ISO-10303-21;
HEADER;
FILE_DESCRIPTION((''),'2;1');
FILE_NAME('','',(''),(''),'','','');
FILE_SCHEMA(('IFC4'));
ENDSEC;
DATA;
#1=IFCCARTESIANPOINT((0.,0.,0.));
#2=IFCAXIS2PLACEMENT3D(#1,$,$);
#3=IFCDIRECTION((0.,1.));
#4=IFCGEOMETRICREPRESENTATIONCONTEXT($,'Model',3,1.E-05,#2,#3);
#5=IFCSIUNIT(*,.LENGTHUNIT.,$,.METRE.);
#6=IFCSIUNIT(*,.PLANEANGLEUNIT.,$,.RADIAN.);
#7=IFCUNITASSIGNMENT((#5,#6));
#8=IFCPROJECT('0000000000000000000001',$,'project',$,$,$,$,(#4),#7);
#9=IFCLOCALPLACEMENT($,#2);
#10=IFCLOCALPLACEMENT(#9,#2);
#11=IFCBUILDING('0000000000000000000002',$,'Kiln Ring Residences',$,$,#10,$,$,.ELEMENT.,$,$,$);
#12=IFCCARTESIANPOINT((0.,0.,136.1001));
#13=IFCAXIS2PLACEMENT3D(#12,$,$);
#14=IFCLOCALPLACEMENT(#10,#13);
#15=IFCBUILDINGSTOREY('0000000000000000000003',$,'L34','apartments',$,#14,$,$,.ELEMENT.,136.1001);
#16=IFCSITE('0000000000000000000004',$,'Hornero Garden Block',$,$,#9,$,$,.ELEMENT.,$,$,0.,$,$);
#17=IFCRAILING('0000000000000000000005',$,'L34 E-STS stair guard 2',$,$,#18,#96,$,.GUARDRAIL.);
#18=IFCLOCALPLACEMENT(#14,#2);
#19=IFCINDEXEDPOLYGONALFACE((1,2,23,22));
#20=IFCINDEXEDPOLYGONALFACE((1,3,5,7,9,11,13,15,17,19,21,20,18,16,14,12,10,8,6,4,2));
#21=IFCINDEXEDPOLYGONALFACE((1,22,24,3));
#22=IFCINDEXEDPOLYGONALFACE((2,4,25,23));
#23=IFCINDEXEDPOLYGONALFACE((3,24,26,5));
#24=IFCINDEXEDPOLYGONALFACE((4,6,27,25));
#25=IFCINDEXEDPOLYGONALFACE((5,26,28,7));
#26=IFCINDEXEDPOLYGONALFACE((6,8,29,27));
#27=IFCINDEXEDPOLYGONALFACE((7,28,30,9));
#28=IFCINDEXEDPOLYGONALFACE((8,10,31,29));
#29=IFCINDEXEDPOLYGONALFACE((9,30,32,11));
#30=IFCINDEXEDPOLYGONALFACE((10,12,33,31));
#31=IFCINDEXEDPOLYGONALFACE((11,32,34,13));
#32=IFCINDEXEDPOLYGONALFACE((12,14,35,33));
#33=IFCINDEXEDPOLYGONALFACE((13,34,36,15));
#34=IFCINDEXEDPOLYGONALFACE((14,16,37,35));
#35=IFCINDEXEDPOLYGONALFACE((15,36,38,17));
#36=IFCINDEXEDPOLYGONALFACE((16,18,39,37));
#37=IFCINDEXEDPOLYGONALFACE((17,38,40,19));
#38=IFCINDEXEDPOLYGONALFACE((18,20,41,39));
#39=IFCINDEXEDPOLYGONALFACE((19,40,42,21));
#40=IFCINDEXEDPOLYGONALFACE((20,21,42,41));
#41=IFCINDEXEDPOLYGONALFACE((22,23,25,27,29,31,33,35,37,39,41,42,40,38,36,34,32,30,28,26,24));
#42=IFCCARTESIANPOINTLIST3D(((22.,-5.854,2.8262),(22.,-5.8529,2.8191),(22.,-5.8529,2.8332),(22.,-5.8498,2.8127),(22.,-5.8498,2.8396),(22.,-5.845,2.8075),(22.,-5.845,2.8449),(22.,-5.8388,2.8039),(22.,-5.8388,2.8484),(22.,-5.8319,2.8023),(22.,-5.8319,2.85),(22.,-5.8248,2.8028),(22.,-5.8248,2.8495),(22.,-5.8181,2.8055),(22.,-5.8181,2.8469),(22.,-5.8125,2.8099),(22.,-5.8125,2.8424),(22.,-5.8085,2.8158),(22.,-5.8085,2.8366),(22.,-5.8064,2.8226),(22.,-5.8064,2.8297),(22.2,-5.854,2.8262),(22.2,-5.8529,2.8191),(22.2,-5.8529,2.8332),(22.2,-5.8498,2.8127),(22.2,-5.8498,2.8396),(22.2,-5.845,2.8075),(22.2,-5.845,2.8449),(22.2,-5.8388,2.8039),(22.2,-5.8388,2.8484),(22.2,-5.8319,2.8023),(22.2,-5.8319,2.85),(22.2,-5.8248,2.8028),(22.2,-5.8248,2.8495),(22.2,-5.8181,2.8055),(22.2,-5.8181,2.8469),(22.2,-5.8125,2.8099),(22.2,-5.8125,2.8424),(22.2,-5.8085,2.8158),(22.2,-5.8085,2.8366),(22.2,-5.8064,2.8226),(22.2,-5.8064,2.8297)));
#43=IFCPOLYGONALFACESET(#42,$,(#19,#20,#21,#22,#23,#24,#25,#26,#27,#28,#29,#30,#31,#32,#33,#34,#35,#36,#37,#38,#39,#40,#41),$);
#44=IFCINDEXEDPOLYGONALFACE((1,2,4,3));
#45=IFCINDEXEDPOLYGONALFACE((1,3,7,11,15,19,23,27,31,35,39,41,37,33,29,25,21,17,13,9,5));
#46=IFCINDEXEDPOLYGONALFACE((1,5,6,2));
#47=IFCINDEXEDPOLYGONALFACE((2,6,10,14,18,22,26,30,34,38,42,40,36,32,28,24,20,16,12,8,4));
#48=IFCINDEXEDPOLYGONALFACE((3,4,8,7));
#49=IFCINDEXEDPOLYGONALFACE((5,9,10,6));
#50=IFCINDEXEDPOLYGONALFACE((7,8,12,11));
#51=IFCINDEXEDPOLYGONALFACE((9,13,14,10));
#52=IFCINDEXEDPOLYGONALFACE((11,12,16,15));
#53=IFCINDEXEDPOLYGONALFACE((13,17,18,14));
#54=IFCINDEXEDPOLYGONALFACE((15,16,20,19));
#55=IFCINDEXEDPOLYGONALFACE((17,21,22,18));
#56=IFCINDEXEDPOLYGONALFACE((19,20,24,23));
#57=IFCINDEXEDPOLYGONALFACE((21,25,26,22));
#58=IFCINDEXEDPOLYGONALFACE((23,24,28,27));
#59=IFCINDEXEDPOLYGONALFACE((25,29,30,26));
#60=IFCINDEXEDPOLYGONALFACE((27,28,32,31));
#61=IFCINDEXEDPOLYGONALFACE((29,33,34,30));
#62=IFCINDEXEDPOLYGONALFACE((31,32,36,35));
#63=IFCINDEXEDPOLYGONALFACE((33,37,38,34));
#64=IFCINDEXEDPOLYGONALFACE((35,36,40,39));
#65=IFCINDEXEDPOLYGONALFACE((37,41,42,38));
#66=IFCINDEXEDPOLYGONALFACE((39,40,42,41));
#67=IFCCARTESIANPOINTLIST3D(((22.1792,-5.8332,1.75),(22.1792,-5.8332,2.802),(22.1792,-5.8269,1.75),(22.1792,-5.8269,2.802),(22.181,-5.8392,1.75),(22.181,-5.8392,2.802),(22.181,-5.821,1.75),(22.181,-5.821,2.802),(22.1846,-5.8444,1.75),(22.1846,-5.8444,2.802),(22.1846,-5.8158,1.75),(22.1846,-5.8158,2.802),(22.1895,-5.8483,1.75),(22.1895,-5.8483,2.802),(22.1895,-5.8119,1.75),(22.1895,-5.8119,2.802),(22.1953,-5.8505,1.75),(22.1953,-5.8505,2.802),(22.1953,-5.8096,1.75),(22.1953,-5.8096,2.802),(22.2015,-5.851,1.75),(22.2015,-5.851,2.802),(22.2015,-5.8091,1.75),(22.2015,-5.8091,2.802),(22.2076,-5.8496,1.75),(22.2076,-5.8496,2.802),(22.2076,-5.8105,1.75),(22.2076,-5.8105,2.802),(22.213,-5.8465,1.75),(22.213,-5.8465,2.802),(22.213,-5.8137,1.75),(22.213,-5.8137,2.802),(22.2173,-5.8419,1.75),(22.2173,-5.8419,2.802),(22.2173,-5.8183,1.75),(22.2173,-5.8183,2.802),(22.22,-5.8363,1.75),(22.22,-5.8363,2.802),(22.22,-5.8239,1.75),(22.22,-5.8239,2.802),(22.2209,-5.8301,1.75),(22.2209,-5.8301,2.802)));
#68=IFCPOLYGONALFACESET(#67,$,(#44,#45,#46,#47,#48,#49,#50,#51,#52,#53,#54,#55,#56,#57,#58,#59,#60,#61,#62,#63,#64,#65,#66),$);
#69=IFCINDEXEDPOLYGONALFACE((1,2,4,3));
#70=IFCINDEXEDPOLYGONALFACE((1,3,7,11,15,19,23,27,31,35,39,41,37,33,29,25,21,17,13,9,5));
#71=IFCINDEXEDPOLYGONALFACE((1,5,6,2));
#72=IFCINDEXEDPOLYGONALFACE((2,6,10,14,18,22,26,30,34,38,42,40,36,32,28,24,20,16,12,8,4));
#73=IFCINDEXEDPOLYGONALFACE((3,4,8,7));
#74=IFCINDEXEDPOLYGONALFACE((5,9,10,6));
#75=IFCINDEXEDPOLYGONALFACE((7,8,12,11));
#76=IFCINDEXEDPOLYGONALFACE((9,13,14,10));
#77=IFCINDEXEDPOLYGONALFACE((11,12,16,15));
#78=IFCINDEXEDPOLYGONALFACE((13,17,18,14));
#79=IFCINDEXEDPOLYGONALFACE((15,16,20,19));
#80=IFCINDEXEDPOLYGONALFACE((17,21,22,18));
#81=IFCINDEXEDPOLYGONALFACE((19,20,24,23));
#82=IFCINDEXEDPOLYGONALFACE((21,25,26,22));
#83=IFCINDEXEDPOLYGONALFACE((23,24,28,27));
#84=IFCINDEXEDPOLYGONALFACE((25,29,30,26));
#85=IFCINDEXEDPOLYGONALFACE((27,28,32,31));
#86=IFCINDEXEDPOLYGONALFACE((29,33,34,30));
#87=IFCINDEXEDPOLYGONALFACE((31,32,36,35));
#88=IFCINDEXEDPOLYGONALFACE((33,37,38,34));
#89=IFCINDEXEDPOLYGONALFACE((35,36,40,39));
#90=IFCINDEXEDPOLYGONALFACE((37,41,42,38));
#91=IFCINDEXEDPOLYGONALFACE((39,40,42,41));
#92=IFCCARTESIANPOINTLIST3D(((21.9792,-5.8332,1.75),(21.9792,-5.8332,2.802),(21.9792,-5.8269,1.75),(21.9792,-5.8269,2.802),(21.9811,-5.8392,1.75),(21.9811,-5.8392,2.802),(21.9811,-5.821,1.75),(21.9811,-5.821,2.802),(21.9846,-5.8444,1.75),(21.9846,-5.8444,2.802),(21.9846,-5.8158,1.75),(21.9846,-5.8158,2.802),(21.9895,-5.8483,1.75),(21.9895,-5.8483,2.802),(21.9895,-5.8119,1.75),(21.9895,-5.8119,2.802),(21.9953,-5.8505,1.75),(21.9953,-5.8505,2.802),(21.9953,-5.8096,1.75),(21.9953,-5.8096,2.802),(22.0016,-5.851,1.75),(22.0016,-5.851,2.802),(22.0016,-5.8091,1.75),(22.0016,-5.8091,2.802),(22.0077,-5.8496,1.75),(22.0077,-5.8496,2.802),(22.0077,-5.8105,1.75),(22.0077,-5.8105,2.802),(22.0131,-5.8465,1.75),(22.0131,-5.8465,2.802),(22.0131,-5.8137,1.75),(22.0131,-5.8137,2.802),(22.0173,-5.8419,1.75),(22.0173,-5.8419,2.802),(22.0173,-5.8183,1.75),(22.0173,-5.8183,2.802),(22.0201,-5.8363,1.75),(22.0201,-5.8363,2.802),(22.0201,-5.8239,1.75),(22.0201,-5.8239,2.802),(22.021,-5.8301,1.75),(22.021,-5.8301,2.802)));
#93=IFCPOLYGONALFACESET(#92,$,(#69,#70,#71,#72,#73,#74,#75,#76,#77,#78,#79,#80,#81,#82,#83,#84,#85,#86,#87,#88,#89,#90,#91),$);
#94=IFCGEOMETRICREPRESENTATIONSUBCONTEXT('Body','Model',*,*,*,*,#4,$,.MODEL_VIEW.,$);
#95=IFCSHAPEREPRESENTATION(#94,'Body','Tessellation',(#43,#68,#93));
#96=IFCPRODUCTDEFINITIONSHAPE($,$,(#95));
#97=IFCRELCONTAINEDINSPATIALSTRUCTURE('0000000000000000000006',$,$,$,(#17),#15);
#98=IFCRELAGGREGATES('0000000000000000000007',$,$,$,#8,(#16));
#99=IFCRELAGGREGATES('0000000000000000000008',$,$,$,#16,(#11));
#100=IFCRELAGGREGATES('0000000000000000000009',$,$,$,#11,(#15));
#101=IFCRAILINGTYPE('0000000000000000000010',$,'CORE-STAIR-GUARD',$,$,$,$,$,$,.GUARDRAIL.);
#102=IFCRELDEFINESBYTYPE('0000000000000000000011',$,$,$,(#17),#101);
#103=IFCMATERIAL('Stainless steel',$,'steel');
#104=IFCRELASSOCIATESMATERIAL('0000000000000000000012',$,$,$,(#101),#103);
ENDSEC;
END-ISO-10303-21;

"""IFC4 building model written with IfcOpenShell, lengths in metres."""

from ifc_helpers import new_model, si_unit, direction, frame, origin, origin_2d, place, context, subcontext, project, spatial, circle, extrude, material, type_object, element, save


model = new_model("IFC4")

# Units and contexts
model_context = context("Model", 3, precision=1e-05, world=origin(), true_north=direction((0.0, 1.0)))
body_context = subcontext(model_context, "Body", "Model", "MODEL_VIEW")
ifc_project = project(units=[si_unit("LENGTHUNIT", "METRE"), si_unit("PLANEANGLEUNIT", "RADIAN")], contexts=[model_context])

# Site, building, storey
site_placement = place(None, origin())
site = spatial("IfcSite", under=ifc_project, at=site_placement, Name="Hornero Garden Block", CompositionType="ELEMENT", RefElevation=0.0)
building_placement = place(site_placement, origin())
building = spatial("IfcBuilding", under=site, at=building_placement, Name="Kiln Ring Residences", CompositionType="ELEMENT")
storey_placement = place(building_placement, frame((0.0, 0.0, 136.1001)))
storey = spatial("IfcBuildingStorey", under=building, at=storey_placement, Name="L34", Description="apartments", CompositionType="ELEMENT", Elevation=136.1001)

# Railing
ifc_material_1 = material(Name="Stainless steel", Category="steel")
railing_type_1 = type_object("IfcRailingType", Name="CORE-STAIR-GUARD", PredefinedType="GUARDRAIL", material=ifc_material_1)
railing_1_placement = place(storey_placement, frame((22.2, -5.8301, 1.75)))
element("IfcRailing", 1, at=railing_1_placement, inside=storey, type_object=railing_type_1, Name="L34 E-STS stair guard 2", PredefinedType="GUARDRAIL", context=body_context, shape_type="SweptSolid", body=[
    extrude(circle(Radius=0.0239, at=origin_2d()), frame((0.0, 0.0, 1.0762), z_axis=(-1.0, 0.0, 0.0), x_axis=(0.0, -1.0, 0.0)), (0.0, 0.0, 1.0), 0.2),
    extrude(circle(Radius=0.021, at=origin_2d()), origin(), (0.0, 0.0, 1.0), 1.052),
    extrude(circle(Radius=0.021, at=origin_2d()), frame((-0.2, 0.0, 0.0)), (0.0, 0.0, 1.0), 1.052),
])

save(model, "model.ifc")
